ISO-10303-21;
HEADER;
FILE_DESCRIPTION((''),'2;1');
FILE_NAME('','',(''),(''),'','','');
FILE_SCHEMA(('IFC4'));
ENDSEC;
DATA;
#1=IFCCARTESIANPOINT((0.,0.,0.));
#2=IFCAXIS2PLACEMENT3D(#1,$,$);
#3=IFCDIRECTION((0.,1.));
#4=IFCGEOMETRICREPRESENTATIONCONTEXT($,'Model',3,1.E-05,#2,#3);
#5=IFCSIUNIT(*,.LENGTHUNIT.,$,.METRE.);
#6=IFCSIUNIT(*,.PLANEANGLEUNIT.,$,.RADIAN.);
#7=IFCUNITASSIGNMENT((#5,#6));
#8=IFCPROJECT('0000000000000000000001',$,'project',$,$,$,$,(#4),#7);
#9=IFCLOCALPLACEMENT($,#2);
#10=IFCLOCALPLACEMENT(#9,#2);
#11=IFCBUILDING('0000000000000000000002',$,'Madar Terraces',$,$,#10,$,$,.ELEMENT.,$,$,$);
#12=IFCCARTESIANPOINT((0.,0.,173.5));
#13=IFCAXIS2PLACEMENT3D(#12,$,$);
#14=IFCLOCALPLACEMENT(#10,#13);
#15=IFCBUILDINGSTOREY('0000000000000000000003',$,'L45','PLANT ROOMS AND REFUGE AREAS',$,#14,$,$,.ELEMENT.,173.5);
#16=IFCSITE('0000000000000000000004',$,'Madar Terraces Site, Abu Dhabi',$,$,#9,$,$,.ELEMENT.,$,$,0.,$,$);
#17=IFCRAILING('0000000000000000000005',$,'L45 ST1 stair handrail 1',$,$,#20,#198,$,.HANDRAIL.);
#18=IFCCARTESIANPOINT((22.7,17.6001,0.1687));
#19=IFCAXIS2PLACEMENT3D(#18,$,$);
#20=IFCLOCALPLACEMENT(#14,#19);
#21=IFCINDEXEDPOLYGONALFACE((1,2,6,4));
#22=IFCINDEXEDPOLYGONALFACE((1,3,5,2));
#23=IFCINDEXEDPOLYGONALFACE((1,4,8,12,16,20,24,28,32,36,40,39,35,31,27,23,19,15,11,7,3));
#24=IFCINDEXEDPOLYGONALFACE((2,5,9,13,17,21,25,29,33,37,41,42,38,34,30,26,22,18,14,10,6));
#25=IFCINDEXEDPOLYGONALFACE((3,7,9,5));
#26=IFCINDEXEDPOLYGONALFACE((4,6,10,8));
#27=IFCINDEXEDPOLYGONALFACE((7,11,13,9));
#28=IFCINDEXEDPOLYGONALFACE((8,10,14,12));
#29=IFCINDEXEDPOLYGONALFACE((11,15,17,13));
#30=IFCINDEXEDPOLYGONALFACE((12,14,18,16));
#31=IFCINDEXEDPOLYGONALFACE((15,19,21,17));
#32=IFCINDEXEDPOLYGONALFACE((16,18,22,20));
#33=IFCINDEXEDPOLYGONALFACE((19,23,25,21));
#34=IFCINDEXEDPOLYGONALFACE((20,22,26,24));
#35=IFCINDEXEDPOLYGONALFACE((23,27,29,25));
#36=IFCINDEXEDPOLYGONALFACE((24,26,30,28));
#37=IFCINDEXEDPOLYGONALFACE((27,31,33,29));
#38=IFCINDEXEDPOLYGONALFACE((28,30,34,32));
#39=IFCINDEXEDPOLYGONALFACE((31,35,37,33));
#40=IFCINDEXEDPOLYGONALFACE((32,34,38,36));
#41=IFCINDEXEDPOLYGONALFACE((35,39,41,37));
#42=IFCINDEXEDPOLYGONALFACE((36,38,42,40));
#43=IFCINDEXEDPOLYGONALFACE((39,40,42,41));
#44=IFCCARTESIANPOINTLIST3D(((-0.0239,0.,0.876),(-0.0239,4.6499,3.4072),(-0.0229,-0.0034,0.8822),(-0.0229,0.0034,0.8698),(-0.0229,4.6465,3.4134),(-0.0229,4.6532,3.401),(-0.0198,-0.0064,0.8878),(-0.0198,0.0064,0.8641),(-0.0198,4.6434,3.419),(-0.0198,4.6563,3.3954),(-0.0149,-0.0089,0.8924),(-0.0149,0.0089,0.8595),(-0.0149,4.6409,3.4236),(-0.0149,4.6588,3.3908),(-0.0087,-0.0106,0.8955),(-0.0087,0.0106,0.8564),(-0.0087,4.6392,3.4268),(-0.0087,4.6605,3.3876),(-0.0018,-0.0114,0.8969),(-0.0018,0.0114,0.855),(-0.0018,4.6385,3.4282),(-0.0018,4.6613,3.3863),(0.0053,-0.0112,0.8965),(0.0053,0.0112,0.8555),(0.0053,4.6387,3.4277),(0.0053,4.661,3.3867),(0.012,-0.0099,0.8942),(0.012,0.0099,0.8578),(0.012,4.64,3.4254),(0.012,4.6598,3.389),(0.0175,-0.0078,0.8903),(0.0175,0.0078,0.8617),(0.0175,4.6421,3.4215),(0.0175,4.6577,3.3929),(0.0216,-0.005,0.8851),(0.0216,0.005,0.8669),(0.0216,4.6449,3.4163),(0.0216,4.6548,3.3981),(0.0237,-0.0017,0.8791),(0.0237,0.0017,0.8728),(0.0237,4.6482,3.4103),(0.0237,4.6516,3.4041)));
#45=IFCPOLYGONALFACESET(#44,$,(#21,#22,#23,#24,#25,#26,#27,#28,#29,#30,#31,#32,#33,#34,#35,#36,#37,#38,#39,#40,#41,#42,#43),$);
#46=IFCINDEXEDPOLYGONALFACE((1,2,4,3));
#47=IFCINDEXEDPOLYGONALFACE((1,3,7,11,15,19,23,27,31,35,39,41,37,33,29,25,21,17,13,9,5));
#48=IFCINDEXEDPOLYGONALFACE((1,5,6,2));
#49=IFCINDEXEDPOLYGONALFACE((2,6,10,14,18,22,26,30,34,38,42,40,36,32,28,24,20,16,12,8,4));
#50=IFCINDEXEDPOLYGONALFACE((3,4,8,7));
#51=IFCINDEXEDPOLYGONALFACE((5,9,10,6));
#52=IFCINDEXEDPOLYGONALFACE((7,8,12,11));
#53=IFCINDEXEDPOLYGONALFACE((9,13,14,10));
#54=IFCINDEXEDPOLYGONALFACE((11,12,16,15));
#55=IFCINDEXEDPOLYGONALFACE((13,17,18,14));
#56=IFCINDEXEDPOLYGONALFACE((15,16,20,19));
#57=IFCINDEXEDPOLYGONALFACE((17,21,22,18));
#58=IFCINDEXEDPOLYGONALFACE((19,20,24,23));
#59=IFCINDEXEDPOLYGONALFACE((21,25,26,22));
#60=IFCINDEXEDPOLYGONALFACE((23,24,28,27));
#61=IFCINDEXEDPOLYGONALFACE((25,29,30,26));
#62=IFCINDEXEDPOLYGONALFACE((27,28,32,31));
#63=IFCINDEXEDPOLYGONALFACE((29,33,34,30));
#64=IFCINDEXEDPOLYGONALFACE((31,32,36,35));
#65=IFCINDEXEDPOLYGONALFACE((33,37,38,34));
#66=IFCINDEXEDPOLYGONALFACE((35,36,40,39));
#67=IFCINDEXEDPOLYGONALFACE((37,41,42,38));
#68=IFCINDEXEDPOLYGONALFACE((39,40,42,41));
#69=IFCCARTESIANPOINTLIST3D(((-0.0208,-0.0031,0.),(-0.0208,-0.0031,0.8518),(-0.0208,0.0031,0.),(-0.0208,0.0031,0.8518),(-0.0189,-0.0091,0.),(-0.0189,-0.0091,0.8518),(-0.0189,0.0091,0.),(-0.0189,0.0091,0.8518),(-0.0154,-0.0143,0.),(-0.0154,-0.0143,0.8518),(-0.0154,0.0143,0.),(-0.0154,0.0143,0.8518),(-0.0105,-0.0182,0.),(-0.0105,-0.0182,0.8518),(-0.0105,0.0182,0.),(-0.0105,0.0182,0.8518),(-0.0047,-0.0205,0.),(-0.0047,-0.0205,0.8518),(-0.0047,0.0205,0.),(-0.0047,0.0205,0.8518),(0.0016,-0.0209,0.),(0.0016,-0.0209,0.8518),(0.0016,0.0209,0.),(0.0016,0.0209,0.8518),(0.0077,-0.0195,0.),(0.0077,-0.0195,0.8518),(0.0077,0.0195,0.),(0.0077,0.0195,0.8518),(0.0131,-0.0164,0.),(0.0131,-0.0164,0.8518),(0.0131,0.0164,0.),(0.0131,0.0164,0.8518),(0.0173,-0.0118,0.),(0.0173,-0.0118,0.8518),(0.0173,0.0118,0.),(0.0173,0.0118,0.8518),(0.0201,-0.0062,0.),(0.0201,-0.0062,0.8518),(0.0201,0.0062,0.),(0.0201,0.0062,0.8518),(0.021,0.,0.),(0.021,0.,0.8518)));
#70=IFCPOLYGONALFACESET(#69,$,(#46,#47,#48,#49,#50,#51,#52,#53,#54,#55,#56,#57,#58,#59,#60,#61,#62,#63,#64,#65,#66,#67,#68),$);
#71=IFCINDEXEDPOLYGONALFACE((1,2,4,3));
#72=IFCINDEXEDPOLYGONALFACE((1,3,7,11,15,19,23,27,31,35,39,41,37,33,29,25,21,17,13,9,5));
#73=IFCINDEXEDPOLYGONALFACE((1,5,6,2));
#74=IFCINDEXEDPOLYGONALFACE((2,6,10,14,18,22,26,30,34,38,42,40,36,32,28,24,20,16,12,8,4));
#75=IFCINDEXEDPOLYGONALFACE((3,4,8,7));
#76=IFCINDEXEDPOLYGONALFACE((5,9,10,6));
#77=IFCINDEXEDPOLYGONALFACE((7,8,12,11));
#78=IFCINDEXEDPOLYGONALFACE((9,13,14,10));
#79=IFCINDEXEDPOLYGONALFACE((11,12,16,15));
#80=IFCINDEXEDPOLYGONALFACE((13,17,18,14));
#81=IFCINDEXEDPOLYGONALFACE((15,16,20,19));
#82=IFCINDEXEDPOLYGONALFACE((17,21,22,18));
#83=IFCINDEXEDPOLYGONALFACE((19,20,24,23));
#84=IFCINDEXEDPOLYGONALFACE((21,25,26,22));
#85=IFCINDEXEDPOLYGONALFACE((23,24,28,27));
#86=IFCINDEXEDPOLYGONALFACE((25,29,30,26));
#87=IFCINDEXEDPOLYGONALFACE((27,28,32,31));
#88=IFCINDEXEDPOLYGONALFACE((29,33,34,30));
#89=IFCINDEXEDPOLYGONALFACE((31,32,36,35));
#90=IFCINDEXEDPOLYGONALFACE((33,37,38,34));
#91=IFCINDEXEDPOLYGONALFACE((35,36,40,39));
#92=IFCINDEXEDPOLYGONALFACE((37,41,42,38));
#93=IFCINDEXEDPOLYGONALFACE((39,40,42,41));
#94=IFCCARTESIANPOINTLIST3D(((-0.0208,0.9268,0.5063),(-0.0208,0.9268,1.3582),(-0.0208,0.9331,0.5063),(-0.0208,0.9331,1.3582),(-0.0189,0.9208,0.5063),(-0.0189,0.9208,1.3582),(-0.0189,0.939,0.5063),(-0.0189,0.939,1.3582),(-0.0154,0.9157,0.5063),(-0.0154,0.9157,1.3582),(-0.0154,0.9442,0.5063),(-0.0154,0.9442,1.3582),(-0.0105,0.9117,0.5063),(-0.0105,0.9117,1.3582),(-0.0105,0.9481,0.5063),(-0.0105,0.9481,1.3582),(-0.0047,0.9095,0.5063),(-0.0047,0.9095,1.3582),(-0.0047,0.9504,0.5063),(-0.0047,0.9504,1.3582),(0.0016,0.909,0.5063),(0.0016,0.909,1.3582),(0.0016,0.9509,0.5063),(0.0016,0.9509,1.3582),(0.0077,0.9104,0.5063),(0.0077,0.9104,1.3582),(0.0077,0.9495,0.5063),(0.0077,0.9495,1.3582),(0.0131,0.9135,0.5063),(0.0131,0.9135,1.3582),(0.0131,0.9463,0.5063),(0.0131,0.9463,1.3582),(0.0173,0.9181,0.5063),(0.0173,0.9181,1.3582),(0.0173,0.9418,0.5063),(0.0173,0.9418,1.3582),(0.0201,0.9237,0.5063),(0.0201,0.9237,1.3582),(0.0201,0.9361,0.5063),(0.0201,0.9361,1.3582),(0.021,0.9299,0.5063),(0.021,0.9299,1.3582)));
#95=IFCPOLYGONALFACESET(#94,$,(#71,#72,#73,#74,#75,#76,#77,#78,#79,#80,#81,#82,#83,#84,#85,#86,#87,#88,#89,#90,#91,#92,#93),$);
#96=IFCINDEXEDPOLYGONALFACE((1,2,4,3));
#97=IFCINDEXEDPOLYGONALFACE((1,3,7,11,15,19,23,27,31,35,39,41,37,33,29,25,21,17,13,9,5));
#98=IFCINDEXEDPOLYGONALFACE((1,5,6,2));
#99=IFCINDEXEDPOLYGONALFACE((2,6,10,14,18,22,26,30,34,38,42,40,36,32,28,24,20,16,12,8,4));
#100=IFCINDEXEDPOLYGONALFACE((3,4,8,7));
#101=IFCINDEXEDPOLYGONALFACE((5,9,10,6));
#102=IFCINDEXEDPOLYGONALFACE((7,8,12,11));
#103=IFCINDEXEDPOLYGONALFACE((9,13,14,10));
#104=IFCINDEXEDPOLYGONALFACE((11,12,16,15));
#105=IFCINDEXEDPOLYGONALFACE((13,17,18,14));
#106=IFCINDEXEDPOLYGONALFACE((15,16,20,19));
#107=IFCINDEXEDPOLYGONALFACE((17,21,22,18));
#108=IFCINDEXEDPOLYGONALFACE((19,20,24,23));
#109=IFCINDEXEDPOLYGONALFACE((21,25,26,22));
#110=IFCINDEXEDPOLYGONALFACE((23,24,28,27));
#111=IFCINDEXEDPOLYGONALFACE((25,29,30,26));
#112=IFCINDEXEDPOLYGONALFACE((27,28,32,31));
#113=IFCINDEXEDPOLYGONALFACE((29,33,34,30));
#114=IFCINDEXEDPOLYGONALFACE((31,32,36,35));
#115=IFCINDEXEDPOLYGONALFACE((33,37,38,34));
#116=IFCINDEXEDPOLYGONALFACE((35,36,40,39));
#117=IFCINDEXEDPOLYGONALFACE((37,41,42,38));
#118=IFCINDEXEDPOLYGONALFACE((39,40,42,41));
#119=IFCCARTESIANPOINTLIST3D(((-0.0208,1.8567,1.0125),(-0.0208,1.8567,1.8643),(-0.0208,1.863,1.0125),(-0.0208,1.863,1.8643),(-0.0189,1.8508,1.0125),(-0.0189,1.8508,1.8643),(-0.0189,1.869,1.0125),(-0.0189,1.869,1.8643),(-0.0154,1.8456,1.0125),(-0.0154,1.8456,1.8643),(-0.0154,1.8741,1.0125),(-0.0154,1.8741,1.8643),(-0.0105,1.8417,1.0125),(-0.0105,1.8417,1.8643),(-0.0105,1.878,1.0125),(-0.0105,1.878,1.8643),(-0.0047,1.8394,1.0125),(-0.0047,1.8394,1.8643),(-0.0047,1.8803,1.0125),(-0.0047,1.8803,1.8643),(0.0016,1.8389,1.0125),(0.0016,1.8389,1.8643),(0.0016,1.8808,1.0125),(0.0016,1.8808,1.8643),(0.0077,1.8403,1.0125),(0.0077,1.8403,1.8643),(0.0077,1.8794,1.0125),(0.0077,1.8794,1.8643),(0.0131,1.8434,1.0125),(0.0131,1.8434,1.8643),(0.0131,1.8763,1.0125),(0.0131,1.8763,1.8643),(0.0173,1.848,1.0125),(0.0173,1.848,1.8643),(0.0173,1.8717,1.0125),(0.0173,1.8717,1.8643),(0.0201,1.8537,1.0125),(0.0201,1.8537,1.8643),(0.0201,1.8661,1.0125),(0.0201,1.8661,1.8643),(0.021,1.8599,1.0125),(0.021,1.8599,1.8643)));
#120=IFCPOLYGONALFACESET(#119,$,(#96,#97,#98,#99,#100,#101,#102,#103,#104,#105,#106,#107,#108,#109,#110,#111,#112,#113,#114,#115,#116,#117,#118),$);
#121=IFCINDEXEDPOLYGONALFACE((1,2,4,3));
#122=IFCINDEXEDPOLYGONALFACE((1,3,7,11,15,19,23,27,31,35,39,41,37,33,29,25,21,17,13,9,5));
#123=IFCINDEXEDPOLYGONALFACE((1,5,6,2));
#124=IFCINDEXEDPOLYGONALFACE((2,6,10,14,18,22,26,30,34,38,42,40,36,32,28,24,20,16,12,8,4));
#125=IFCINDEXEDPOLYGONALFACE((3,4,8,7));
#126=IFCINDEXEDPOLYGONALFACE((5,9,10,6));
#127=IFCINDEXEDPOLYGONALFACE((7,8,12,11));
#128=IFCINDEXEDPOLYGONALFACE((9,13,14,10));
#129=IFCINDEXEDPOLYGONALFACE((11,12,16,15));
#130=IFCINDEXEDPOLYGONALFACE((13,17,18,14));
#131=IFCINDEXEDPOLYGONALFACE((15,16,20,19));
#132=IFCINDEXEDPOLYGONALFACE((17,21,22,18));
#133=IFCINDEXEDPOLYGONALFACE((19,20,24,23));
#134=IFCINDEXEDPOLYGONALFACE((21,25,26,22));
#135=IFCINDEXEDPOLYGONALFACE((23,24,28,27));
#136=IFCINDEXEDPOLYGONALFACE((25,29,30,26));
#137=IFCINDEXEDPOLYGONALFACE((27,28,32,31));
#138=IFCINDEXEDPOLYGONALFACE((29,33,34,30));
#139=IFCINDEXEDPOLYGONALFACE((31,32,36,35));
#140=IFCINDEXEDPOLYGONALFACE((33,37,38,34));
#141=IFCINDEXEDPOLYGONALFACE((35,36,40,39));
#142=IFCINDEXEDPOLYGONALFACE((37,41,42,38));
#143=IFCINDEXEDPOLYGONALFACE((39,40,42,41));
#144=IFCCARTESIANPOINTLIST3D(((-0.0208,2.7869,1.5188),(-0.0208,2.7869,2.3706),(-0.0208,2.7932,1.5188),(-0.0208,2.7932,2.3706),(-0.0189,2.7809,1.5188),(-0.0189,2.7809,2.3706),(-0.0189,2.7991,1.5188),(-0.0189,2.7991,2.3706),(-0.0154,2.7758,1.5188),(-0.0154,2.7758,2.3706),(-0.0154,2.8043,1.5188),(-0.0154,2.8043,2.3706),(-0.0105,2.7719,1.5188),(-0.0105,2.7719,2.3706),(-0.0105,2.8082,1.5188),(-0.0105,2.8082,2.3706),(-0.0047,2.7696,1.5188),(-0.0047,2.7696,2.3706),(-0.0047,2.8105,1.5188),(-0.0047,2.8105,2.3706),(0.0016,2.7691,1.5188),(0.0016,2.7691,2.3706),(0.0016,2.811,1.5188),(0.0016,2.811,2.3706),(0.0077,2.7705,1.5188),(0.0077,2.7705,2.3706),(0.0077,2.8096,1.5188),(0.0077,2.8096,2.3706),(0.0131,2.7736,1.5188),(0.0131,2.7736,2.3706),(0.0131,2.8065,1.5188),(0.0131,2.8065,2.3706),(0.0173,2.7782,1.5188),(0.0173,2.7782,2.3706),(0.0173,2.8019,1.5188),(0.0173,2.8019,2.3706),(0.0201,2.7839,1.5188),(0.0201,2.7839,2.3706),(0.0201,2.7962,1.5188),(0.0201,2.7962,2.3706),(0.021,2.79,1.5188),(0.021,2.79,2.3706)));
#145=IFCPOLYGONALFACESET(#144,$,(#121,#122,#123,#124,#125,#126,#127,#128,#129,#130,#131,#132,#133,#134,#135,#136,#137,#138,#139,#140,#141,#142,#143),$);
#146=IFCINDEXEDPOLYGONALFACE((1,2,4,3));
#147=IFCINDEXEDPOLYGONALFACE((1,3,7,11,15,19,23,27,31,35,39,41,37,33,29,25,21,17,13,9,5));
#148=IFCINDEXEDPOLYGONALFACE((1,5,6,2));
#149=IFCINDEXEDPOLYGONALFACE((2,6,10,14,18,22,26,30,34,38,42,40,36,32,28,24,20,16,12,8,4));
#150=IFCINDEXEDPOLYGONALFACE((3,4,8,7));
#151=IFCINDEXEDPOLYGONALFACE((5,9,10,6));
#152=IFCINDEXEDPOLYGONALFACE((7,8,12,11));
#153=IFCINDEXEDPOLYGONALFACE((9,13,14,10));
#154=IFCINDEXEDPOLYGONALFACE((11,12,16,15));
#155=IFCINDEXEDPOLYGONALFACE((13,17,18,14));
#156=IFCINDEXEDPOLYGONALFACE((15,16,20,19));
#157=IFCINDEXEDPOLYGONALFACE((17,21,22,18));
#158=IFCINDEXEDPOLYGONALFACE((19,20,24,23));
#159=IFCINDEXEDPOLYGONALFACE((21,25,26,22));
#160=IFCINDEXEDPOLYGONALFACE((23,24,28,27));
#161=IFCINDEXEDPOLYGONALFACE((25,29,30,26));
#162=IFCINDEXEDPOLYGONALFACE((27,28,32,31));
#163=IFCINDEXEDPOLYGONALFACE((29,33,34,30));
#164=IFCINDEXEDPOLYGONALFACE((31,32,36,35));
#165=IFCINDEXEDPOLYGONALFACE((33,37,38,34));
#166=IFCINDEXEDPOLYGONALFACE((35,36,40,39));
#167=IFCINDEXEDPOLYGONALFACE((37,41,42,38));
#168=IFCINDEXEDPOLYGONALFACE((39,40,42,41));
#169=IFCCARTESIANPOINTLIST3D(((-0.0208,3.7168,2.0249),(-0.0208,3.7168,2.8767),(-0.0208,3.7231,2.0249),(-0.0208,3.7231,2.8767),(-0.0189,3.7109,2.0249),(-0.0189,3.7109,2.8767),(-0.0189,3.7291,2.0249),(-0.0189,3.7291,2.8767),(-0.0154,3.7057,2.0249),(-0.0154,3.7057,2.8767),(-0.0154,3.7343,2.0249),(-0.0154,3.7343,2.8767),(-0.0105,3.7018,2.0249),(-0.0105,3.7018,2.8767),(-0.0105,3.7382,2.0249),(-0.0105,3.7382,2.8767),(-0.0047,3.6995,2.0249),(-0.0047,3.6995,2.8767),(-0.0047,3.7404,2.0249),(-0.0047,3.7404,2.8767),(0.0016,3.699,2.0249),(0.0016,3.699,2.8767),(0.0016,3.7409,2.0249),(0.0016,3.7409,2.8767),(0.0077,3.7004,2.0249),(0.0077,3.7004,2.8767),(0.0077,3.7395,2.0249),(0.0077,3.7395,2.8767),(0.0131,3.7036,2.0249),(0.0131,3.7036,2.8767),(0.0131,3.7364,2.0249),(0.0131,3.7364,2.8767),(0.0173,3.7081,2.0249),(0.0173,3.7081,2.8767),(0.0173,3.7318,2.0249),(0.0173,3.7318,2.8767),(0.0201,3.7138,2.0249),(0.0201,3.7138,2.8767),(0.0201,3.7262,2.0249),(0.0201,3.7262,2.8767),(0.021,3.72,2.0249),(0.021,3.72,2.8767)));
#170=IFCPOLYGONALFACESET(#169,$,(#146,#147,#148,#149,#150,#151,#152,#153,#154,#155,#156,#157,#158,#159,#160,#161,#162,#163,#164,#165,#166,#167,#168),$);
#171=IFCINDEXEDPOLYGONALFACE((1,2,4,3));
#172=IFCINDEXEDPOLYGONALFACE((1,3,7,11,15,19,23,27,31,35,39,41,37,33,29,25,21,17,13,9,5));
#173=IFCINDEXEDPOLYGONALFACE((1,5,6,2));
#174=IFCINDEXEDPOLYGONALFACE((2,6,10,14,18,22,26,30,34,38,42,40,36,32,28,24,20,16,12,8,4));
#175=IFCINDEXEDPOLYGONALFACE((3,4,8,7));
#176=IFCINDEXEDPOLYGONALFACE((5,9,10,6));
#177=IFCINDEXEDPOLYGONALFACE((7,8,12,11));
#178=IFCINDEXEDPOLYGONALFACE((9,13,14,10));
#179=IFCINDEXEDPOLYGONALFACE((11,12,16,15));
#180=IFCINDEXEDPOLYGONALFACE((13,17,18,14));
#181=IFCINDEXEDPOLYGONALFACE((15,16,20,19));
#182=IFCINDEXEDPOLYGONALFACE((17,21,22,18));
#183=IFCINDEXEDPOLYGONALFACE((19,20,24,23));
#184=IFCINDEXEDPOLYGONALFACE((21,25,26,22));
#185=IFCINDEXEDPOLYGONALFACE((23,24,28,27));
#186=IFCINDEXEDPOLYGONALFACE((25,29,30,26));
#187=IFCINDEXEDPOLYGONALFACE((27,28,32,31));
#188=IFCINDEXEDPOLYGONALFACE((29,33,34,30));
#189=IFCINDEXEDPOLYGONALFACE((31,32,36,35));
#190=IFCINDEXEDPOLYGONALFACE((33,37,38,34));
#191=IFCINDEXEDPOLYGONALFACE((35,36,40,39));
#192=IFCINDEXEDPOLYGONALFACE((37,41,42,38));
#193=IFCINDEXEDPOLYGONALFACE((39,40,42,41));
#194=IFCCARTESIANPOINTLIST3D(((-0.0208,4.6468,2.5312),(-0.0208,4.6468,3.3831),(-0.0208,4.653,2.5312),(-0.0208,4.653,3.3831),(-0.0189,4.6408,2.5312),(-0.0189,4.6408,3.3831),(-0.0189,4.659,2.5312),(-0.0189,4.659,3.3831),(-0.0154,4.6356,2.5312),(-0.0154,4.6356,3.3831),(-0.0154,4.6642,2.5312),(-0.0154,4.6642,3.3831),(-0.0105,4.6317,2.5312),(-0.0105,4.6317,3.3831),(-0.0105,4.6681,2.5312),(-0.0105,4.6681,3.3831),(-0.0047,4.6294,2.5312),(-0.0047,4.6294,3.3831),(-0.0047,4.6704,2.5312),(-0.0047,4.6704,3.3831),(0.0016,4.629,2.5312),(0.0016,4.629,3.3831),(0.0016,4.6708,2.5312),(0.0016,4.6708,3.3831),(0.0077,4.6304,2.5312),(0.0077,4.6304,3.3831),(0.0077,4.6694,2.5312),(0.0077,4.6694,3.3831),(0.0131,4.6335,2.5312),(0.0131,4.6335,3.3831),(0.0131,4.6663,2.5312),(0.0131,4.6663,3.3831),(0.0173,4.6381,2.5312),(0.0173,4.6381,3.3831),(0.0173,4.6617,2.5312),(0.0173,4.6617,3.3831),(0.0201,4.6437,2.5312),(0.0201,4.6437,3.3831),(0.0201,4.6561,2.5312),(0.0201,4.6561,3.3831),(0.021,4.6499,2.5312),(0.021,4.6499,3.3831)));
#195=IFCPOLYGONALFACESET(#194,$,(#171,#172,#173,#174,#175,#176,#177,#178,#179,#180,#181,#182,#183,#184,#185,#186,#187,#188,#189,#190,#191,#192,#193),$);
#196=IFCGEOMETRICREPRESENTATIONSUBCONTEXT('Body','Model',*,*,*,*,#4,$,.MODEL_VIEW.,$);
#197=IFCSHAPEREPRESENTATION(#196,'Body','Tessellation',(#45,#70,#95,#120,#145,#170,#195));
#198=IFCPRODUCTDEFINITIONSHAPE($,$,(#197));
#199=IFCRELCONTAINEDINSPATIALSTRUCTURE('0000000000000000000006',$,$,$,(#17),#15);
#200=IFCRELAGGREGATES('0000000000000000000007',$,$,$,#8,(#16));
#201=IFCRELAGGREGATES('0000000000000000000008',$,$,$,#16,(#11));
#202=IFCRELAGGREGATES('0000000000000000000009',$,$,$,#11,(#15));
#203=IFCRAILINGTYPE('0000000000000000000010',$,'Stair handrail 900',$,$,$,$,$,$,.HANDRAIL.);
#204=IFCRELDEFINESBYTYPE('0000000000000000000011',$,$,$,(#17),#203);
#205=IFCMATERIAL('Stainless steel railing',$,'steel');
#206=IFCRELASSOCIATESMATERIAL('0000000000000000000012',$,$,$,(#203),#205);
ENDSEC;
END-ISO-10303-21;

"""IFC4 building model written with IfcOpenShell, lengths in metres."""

from ifc_helpers import new_model, si_unit, direction, frame, origin, origin_2d, place, context, subcontext, project, spatial, circle, extrude, material, type_object, element, save


model = new_model("IFC4")

# Units and contexts
model_context = context("Model", 3, precision=1e-05, world=origin(), true_north=direction((0.0, 1.0)))
body_context = subcontext(model_context, "Body", "Model", "MODEL_VIEW")
ifc_project = project(units=[si_unit("LENGTHUNIT", "METRE"), si_unit("PLANEANGLEUNIT", "RADIAN")], contexts=[model_context])

# Site, building, storey
site_placement = place(None, origin())
site = spatial("IfcSite", under=ifc_project, at=site_placement, Name="Madar Terraces Site, Abu Dhabi", CompositionType="ELEMENT", RefElevation=0.0)
building_placement = place(site_placement, origin())
building = spatial("IfcBuilding", under=site, at=building_placement, Name="Madar Terraces", CompositionType="ELEMENT")
storey_placement = place(building_placement, frame((0.0, 0.0, 173.5)))
storey = spatial("IfcBuildingStorey", under=building, at=storey_placement, Name="L45", Description="PLANT ROOMS AND REFUGE AREAS", CompositionType="ELEMENT", Elevation=173.5)

# Railing
ifc_material_1 = material(Name="Stainless steel railing", Category="steel")
railing_type_1 = type_object("IfcRailingType", Name="Stair handrail 900", PredefinedType="HANDRAIL", material=ifc_material_1)
railing_1_placement = place(storey_placement, frame((22.7, 17.6001, 0.1687)))
element("IfcRailing", 1, at=railing_1_placement, inside=storey, type_object=railing_type_1, Name="L45 ST1 stair handrail 1", PredefinedType="HANDRAIL", context=body_context, shape_type="SweptSolid", body=[
    extrude(circle(Radius=0.0239, at=origin_2d()), frame((0.0, 0.0, 0.876), z_axis=(0.0, 0.878297, 0.478115), x_axis=(-1.0, 0.0, 0.0)), (0.0, 0.0, 1.0), 5.2942),
    extrude(circle(Radius=0.021, at=origin_2d()), origin(), (0.0, 0.0, 1.0), 0.8518),
    extrude(circle(Radius=0.021, at=origin_2d()), frame((0.0, 0.9299, 0.5063)), (0.0, 0.0, 1.0), 0.8518),
    extrude(circle(Radius=0.021, at=origin_2d()), frame((0.0, 1.8599, 1.0125)), (0.0, 0.0, 1.0), 0.8518),
    extrude(circle(Radius=0.021, at=origin_2d()), frame((0.0, 2.79, 1.5188)), (0.0, 0.0, 1.0), 0.8518),
    extrude(circle(Radius=0.021, at=origin_2d()), frame((0.0, 3.72, 2.0249)), (0.0, 0.0, 1.0), 0.8518),
    extrude(circle(Radius=0.021, at=origin_2d()), frame((0.0, 4.6499, 2.5312)), (0.0, 0.0, 1.0), 0.8518),
])

save(model, "model.ifc")
